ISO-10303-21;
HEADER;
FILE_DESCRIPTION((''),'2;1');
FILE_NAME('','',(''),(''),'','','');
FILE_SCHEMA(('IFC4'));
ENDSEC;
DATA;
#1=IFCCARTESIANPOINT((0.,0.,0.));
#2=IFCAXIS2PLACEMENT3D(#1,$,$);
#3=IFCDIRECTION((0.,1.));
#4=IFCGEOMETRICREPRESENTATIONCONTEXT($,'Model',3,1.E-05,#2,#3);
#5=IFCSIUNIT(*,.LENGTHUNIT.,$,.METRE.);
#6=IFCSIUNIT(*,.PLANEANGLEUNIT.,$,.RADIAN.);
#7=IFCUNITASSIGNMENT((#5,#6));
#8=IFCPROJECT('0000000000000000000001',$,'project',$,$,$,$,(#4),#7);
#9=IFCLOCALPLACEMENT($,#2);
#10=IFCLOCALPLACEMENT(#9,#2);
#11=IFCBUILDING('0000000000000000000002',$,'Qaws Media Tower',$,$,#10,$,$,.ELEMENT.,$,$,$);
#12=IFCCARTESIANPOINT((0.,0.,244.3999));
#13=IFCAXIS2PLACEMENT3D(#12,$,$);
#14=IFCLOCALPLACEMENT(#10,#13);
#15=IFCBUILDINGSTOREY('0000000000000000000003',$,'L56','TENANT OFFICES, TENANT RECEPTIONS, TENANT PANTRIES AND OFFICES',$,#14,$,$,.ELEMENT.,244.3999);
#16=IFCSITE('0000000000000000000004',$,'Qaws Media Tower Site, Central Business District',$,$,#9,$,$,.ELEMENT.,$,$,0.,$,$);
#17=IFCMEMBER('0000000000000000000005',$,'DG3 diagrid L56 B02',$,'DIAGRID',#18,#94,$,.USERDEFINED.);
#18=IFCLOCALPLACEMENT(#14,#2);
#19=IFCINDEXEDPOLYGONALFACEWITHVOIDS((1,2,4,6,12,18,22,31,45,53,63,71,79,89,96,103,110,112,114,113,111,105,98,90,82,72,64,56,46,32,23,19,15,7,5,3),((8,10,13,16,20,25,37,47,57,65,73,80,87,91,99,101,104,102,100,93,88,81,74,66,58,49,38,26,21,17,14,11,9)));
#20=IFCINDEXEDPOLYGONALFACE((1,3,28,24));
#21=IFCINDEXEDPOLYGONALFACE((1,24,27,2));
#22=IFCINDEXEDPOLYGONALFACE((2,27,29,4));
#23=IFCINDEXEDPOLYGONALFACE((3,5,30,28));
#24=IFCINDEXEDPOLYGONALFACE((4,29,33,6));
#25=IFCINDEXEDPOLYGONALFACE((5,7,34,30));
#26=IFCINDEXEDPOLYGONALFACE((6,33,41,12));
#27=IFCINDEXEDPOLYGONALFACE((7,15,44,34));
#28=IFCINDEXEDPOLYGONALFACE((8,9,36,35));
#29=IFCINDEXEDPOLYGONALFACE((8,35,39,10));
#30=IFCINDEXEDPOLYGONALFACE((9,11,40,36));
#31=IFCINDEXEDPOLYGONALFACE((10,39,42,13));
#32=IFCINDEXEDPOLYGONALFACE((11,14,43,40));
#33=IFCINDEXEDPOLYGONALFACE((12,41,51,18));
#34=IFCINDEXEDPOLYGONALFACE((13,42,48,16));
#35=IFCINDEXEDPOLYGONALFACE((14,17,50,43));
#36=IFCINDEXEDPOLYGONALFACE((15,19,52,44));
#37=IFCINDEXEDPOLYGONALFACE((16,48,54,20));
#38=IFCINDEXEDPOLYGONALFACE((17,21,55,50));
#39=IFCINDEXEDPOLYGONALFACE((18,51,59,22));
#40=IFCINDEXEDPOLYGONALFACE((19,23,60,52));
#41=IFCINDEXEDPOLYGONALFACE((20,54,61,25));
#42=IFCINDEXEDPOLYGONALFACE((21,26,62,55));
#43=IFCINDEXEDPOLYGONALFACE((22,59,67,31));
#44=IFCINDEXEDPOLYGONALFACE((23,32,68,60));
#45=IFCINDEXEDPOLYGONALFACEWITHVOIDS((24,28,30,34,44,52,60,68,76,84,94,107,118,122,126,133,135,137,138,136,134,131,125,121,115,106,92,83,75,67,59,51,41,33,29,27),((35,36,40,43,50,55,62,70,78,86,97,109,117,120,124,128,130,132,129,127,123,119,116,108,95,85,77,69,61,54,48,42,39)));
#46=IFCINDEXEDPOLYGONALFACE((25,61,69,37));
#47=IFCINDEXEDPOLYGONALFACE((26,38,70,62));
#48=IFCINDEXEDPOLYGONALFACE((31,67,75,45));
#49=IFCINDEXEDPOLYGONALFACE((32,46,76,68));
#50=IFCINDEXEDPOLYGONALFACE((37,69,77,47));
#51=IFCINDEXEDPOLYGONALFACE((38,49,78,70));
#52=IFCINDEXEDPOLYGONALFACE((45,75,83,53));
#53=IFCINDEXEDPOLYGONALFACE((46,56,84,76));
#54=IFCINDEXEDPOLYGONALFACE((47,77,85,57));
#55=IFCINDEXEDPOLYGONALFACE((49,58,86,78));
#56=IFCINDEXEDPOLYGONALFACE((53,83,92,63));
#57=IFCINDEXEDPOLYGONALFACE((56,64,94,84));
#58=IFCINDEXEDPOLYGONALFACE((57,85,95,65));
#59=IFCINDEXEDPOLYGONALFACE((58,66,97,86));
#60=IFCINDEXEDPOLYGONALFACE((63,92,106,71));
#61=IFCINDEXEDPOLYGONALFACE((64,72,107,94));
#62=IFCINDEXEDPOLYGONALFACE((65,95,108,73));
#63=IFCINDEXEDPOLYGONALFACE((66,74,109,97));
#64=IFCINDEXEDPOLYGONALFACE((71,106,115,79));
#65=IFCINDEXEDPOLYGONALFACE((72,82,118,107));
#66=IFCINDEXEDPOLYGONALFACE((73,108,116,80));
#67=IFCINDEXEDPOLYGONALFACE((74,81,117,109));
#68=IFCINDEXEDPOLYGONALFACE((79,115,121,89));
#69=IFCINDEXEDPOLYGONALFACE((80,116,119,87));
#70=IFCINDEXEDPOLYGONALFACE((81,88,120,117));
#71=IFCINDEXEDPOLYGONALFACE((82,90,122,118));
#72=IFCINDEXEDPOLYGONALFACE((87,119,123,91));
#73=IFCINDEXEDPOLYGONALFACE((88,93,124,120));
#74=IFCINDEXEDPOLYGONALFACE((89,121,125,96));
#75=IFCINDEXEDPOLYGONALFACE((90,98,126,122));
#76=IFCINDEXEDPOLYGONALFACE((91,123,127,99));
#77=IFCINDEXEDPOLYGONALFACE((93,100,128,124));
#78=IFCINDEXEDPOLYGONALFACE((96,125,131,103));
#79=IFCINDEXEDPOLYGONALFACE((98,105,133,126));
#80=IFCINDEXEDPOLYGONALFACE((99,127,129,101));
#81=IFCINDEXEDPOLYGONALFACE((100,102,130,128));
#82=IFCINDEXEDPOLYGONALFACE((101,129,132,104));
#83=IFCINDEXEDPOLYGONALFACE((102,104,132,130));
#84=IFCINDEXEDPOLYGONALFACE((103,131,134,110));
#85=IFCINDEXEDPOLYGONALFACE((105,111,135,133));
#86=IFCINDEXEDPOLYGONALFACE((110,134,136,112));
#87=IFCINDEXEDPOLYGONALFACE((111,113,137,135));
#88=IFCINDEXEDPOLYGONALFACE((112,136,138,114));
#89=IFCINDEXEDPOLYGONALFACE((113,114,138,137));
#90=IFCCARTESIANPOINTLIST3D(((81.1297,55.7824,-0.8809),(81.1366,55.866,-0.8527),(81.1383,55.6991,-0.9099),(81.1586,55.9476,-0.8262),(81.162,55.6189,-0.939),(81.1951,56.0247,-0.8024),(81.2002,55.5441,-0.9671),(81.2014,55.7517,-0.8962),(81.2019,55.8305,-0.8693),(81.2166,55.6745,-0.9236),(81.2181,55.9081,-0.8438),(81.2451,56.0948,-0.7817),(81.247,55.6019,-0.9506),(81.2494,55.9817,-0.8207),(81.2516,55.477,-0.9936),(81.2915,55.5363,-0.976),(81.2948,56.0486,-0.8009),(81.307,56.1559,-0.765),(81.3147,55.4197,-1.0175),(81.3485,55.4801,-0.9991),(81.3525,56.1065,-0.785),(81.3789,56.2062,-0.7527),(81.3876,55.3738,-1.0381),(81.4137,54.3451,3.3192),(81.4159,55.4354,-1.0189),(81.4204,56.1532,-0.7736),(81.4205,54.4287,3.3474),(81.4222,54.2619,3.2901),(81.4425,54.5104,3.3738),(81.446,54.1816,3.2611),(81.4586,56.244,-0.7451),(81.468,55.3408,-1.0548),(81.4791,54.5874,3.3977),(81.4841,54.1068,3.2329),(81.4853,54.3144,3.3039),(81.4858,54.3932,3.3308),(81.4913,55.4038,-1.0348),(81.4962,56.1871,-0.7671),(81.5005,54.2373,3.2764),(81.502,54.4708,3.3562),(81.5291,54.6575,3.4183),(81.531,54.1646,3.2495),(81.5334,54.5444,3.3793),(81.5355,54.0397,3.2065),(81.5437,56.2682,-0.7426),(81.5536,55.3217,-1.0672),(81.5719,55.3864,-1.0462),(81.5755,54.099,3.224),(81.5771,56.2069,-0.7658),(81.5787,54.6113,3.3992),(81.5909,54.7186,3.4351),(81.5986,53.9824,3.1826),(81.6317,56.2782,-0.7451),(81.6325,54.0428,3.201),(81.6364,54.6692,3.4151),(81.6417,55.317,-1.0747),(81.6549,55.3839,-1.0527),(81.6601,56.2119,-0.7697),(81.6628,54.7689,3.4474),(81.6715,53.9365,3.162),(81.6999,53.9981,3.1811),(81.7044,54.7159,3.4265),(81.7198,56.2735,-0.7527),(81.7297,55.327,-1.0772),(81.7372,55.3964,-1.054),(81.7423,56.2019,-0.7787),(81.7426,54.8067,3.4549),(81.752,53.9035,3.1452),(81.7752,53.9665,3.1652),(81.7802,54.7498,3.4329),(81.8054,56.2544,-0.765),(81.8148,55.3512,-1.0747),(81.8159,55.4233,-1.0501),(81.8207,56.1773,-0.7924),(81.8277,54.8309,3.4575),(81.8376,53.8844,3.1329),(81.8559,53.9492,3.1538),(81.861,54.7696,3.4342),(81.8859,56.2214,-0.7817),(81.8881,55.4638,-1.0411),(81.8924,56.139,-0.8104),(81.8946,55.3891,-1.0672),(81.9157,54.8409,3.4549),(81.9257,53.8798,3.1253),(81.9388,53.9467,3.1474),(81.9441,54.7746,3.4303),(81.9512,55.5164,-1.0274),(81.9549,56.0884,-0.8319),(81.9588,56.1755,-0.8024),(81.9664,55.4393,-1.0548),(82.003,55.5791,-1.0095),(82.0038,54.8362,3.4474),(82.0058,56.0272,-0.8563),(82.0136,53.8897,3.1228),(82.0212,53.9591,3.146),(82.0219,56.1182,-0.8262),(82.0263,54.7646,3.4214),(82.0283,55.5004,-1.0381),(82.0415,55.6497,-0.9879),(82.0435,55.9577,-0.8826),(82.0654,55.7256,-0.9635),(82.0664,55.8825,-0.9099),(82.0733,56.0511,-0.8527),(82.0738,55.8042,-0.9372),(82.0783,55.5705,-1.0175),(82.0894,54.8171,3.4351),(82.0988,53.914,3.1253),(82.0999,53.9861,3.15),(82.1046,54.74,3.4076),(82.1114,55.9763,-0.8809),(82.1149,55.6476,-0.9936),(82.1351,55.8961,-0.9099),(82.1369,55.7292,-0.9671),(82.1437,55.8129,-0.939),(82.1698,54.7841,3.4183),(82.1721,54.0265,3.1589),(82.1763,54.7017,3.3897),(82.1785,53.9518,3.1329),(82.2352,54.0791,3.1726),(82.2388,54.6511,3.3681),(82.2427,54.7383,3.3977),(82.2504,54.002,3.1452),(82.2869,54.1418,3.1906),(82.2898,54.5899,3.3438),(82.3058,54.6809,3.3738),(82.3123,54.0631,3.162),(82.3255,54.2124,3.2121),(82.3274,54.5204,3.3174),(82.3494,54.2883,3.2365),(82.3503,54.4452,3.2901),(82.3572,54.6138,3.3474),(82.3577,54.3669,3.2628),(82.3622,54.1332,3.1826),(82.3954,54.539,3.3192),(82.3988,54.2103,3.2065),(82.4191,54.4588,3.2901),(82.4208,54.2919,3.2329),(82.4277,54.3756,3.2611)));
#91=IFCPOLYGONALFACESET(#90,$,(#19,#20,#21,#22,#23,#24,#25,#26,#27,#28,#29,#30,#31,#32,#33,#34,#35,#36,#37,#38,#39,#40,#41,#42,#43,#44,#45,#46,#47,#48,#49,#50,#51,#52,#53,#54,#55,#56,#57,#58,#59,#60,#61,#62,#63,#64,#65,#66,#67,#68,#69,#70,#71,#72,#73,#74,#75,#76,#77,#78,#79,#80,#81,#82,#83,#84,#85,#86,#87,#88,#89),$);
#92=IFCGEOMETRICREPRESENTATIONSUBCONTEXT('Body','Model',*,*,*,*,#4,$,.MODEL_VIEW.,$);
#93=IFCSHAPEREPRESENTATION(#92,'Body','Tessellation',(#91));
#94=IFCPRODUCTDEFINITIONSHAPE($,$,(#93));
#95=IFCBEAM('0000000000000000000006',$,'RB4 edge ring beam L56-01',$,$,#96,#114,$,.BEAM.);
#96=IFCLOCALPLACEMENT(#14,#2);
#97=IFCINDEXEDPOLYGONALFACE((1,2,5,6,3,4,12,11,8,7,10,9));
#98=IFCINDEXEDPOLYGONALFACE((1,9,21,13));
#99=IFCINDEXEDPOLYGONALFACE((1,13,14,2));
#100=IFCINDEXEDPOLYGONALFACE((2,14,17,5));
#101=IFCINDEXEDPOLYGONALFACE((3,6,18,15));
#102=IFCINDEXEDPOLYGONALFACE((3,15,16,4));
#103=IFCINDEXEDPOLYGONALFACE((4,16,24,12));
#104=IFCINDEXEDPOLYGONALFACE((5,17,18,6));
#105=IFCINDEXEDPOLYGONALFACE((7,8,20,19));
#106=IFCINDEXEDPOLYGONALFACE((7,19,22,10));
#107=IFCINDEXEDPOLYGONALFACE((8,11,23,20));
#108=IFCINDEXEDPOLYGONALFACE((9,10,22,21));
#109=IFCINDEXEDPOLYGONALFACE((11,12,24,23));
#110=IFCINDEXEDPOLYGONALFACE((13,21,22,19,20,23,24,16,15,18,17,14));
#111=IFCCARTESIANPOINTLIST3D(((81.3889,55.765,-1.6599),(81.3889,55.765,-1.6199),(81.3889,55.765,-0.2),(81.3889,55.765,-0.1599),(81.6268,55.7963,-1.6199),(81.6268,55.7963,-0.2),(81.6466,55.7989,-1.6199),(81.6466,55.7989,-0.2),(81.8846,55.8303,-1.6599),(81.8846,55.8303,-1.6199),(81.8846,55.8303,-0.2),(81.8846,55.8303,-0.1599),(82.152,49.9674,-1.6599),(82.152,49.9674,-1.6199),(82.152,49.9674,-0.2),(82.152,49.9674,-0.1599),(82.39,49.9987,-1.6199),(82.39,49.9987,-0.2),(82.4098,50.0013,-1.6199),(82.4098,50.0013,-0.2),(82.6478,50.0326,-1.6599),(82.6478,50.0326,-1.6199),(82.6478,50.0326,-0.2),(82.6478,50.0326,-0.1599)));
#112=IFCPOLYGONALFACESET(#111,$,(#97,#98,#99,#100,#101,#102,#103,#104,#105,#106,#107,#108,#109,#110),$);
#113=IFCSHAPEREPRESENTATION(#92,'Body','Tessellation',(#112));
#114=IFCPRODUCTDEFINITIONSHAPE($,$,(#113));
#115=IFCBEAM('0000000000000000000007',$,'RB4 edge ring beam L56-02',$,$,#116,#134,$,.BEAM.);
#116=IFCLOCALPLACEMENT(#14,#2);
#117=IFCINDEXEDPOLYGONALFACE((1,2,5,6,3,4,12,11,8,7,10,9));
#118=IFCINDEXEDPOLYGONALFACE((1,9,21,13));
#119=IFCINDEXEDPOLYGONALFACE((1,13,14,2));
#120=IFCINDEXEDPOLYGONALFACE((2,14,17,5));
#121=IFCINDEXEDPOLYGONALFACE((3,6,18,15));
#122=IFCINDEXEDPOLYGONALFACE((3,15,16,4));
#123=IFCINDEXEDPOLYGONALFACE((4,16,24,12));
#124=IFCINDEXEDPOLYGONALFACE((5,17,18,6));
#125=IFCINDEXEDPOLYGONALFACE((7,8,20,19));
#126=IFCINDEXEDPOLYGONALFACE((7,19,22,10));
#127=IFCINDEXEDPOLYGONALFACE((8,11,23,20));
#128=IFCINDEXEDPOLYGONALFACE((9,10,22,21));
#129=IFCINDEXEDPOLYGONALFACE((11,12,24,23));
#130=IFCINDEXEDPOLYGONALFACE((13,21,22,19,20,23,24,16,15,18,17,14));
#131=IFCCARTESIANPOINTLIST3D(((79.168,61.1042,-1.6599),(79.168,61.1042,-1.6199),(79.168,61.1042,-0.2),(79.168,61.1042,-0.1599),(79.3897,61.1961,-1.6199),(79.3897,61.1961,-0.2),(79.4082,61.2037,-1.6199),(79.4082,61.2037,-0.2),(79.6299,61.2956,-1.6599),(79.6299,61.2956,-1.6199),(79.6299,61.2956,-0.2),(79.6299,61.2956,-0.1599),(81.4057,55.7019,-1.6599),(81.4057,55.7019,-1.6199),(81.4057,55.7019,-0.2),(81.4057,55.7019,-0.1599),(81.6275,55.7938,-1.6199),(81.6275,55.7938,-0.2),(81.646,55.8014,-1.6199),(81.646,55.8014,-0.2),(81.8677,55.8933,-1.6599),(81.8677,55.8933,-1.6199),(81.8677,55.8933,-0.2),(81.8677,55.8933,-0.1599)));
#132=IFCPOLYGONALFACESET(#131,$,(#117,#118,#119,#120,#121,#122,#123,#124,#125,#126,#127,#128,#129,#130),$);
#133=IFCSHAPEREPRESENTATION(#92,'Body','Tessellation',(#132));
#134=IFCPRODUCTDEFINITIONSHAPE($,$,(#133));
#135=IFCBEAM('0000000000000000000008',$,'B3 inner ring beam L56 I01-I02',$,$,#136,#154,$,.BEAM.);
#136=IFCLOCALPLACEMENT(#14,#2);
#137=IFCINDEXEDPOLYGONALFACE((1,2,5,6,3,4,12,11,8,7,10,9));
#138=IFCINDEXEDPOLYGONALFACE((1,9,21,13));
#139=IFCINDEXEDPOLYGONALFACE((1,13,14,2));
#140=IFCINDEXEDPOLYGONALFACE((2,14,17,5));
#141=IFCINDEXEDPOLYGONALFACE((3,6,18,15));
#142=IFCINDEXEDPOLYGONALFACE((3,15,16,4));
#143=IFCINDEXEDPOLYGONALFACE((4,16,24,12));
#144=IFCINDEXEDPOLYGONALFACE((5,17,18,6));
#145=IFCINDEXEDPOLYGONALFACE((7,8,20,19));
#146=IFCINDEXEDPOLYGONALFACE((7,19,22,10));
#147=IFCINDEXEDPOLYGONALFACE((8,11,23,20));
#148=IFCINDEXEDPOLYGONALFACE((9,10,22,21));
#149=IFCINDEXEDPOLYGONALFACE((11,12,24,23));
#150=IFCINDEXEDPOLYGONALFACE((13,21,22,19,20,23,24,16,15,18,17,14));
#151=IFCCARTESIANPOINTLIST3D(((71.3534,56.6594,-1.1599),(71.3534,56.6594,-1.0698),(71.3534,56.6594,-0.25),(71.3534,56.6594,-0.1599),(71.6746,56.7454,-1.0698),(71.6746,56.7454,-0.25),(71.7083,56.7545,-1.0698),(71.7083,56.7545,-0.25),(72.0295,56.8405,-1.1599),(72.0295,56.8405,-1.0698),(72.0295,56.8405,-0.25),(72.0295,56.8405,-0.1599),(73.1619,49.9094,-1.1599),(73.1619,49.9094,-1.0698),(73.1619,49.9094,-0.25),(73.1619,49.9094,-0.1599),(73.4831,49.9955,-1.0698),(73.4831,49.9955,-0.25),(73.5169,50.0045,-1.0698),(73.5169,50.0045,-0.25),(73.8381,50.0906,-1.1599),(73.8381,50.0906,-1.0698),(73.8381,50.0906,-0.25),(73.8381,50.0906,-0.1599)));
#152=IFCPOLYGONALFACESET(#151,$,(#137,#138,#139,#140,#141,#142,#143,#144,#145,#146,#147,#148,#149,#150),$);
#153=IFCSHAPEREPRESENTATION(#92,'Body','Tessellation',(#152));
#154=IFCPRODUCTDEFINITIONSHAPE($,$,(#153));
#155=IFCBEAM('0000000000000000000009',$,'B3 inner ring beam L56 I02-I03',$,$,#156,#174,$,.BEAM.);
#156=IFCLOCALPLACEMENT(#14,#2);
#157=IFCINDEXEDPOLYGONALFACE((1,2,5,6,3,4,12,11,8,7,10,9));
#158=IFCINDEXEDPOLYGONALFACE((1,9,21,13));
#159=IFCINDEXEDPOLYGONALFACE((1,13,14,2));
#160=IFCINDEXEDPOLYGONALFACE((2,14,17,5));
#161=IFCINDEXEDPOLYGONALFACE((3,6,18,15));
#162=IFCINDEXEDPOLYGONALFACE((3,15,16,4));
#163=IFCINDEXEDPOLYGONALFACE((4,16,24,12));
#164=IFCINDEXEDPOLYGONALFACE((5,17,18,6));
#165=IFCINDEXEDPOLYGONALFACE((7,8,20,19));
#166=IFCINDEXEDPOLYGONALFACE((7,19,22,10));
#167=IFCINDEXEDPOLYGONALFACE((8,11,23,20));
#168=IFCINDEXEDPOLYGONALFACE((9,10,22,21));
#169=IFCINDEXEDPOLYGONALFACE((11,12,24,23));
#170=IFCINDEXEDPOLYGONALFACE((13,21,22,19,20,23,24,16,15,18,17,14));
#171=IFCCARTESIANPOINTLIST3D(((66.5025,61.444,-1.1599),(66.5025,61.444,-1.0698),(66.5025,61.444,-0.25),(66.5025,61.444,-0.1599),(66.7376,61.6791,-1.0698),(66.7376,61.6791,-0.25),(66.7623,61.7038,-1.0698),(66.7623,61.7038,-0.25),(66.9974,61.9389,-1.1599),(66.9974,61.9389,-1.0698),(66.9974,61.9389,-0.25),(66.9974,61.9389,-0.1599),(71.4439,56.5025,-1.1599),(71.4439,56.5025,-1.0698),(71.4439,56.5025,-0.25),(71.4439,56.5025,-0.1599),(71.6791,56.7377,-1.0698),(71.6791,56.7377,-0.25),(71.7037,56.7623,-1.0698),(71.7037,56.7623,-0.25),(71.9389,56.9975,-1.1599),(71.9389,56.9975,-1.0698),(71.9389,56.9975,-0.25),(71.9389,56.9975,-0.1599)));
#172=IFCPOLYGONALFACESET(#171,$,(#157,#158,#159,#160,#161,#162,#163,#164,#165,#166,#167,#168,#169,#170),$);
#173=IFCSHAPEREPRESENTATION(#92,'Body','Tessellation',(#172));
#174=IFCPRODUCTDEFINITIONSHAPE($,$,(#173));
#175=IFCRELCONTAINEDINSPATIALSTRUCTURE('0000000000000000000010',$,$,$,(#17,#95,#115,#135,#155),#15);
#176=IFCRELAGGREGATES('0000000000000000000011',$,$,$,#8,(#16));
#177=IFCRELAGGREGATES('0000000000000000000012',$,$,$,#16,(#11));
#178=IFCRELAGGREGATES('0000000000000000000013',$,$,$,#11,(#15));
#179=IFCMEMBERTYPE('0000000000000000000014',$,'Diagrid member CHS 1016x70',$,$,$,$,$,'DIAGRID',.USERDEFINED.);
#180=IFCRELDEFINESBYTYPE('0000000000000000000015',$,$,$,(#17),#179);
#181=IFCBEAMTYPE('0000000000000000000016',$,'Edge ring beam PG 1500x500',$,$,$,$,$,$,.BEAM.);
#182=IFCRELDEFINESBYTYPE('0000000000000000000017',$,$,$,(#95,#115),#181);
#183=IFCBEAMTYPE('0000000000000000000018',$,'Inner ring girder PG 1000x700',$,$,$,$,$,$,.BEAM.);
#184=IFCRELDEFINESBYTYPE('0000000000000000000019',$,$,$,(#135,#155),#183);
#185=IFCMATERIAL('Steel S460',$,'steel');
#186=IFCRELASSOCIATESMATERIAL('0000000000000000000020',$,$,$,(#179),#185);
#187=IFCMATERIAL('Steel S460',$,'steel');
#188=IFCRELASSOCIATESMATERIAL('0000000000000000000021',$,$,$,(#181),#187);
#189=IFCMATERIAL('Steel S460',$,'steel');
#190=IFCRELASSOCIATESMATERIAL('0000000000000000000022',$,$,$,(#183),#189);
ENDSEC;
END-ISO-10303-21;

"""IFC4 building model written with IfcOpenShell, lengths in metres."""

from ifc_helpers import new_model, si_unit, direction, frame, origin, origin_2d, place, context, subcontext, project, spatial, hollow_circle, i_section, extrude, material, material_profile, profile_set, type_object, element, save


model = new_model("IFC4")

# Units and contexts
model_context = context("Model", 3, precision=1e-05, world=origin(), true_north=direction((0.0, 1.0)))
body_context = subcontext(model_context, "Body", "Model", "MODEL_VIEW")
ifc_project = project(units=[si_unit("LENGTHUNIT", "METRE"), si_unit("PLANEANGLEUNIT", "RADIAN")], contexts=[model_context])

# Site, building, storey
site_placement = place(None, origin())
site = spatial("IfcSite", under=ifc_project, at=site_placement, Name="Qaws Media Tower Site, Central Business District", CompositionType="ELEMENT", RefElevation=0.0)
building_placement = place(site_placement, origin())
building = spatial("IfcBuilding", under=site, at=building_placement, Name="Qaws Media Tower", CompositionType="ELEMENT")
storey_placement = place(building_placement, frame((0.0, 0.0, 244.3999)))
storey = spatial("IfcBuildingStorey", under=building, at=storey_placement, Name="L56", Description="TENANT OFFICES, TENANT RECEPTIONS, TENANT PANTRIES AND OFFICES", CompositionType="ELEMENT", Elevation=244.3999)

# Member
ifc_material_1 = material(Name="Steel S460", Category="steel")
ifc_material_profile_1 = material_profile(ifc_material_1, hollow_circle(Radius=0.5081, WallThickness=0.0701, at=origin_2d()), Name="CHS 1016x70")
ifc_profile_set_1 = profile_set([ifc_material_profile_1], Name="Steel S460")
member_type_1 = type_object("IfcMemberType", Name="Diagrid member CHS 1016x70", ElementType="DIAGRID", PredefinedType="USERDEFINED", material=ifc_profile_set_1)
member_1_placement = place(storey_placement, frame((81.6367, 55.7976, -0.9099), z_axis=(0.063832, -0.323114, 0.944205), x_axis=(0.981039, 0.193808, 0.0)))
element("IfcMember", 1, at=member_1_placement, inside=storey, type_object=member_type_1, Name="DG3 diagrid L56 B02", ObjectType="DIAGRID", PredefinedType="USERDEFINED", context=body_context, shape_type="SweptSolid", body=[
    extrude(hollow_circle(Radius=0.5081, WallThickness=0.0701, at=origin_2d()), origin(), (0.0, 0.0, 1.0), 4.4482),
])

# Beams
ifc_material_2 = material(Name="Steel S460", Category="steel")
ifc_material_profile_2 = material_profile(ifc_material_2, i_section(OverallWidth=0.5, OverallDepth=1.5, WebThickness=0.02, FlangeThickness=0.04, at=origin_2d()), Name="PG 1500x500")
ifc_profile_set_2 = profile_set([ifc_material_profile_2], Name="Steel S460")
beam_type_1 = type_object("IfcBeamType", Name="Edge ring beam PG 1500x500", PredefinedType="BEAM", material=ifc_profile_set_2)
beam_1_placement = place(storey_placement, frame((82.3999, 50.0, -0.9099), z_axis=(-0.130512, 0.991447, 0.0), x_axis=(-0.991447, -0.130512, 0.0)))
element("IfcBeam", 2, at=beam_1_placement, inside=storey, type_object=beam_type_1, Name="RB4 edge ring beam L56-01", PredefinedType="BEAM", context=body_context, shape_type="SweptSolid", body=[
    extrude(i_section(OverallWidth=0.5, OverallDepth=1.5, WebThickness=0.02, FlangeThickness=0.04, at=origin_2d()), origin(), (0.0, 0.0, 1.0), 5.8477),
])
beam_2_placement = place(storey_placement, frame((81.6367, 55.7976, -0.9099), z_axis=(-0.382693, 0.923875, 0.0), x_axis=(-0.923875, -0.382693, 0.0)))
element("IfcBeam", 3, at=beam_2_placement, inside=storey, type_object=beam_type_1, Name="RB4 edge ring beam L56-02", PredefinedType="BEAM", context=body_context, shape_type="SweptSolid", body=[
    extrude(i_section(OverallWidth=0.5, OverallDepth=1.5, WebThickness=0.02, FlangeThickness=0.04, at=origin_2d()), origin(), (0.0, 0.0, 1.0), 5.8474),
])
ifc_material_3 = material(Name="Steel S460", Category="steel")
ifc_material_profile_3 = material_profile(ifc_material_3, i_section(OverallWidth=0.7, OverallDepth=1.0, WebThickness=0.0349, FlangeThickness=0.0901, at=origin_2d()), Name="PG 1000x700")
ifc_profile_set_3 = profile_set([ifc_material_profile_3], Name="Steel S460")
beam_type_2 = type_object("IfcBeamType", Name="Inner ring girder PG 1000x700", PredefinedType="BEAM", material=ifc_profile_set_3)
beam_3_placement = place(storey_placement, frame((73.5, 50.0, -0.6599), z_axis=(-0.258811, 0.965928, 0.0), x_axis=(-0.965928, -0.258811, 0.0)))
element("IfcBeam", 4, at=beam_3_placement, inside=storey, type_object=beam_type_2, Name="B3 inner ring beam L56 I01-I02", PredefinedType="BEAM", context=body_context, shape_type="SweptSolid", body=[
    extrude(i_section(OverallWidth=0.7, OverallDepth=1.0, WebThickness=0.0349, FlangeThickness=0.0901, at=origin_2d()), origin(), (0.0, 0.0, 1.0), 6.988),
])
beam_4_placement = place(storey_placement, frame((71.6914, 56.75, -0.6599), z_axis=(-0.707107, 0.707107, 0.0), x_axis=(-0.707107, -0.707107, 0.0)))
element("IfcBeam", 5, at=beam_4_placement, inside=storey, type_object=beam_type_2, Name="B3 inner ring beam L56 I02-I03", PredefinedType="BEAM", context=body_context, shape_type="SweptSolid", body=[
    extrude(i_section(OverallWidth=0.7, OverallDepth=1.0, WebThickness=0.0349, FlangeThickness=0.0901, at=origin_2d()), origin(), (0.0, 0.0, 1.0), 6.9883),
])

save(model, "model.ifc")
